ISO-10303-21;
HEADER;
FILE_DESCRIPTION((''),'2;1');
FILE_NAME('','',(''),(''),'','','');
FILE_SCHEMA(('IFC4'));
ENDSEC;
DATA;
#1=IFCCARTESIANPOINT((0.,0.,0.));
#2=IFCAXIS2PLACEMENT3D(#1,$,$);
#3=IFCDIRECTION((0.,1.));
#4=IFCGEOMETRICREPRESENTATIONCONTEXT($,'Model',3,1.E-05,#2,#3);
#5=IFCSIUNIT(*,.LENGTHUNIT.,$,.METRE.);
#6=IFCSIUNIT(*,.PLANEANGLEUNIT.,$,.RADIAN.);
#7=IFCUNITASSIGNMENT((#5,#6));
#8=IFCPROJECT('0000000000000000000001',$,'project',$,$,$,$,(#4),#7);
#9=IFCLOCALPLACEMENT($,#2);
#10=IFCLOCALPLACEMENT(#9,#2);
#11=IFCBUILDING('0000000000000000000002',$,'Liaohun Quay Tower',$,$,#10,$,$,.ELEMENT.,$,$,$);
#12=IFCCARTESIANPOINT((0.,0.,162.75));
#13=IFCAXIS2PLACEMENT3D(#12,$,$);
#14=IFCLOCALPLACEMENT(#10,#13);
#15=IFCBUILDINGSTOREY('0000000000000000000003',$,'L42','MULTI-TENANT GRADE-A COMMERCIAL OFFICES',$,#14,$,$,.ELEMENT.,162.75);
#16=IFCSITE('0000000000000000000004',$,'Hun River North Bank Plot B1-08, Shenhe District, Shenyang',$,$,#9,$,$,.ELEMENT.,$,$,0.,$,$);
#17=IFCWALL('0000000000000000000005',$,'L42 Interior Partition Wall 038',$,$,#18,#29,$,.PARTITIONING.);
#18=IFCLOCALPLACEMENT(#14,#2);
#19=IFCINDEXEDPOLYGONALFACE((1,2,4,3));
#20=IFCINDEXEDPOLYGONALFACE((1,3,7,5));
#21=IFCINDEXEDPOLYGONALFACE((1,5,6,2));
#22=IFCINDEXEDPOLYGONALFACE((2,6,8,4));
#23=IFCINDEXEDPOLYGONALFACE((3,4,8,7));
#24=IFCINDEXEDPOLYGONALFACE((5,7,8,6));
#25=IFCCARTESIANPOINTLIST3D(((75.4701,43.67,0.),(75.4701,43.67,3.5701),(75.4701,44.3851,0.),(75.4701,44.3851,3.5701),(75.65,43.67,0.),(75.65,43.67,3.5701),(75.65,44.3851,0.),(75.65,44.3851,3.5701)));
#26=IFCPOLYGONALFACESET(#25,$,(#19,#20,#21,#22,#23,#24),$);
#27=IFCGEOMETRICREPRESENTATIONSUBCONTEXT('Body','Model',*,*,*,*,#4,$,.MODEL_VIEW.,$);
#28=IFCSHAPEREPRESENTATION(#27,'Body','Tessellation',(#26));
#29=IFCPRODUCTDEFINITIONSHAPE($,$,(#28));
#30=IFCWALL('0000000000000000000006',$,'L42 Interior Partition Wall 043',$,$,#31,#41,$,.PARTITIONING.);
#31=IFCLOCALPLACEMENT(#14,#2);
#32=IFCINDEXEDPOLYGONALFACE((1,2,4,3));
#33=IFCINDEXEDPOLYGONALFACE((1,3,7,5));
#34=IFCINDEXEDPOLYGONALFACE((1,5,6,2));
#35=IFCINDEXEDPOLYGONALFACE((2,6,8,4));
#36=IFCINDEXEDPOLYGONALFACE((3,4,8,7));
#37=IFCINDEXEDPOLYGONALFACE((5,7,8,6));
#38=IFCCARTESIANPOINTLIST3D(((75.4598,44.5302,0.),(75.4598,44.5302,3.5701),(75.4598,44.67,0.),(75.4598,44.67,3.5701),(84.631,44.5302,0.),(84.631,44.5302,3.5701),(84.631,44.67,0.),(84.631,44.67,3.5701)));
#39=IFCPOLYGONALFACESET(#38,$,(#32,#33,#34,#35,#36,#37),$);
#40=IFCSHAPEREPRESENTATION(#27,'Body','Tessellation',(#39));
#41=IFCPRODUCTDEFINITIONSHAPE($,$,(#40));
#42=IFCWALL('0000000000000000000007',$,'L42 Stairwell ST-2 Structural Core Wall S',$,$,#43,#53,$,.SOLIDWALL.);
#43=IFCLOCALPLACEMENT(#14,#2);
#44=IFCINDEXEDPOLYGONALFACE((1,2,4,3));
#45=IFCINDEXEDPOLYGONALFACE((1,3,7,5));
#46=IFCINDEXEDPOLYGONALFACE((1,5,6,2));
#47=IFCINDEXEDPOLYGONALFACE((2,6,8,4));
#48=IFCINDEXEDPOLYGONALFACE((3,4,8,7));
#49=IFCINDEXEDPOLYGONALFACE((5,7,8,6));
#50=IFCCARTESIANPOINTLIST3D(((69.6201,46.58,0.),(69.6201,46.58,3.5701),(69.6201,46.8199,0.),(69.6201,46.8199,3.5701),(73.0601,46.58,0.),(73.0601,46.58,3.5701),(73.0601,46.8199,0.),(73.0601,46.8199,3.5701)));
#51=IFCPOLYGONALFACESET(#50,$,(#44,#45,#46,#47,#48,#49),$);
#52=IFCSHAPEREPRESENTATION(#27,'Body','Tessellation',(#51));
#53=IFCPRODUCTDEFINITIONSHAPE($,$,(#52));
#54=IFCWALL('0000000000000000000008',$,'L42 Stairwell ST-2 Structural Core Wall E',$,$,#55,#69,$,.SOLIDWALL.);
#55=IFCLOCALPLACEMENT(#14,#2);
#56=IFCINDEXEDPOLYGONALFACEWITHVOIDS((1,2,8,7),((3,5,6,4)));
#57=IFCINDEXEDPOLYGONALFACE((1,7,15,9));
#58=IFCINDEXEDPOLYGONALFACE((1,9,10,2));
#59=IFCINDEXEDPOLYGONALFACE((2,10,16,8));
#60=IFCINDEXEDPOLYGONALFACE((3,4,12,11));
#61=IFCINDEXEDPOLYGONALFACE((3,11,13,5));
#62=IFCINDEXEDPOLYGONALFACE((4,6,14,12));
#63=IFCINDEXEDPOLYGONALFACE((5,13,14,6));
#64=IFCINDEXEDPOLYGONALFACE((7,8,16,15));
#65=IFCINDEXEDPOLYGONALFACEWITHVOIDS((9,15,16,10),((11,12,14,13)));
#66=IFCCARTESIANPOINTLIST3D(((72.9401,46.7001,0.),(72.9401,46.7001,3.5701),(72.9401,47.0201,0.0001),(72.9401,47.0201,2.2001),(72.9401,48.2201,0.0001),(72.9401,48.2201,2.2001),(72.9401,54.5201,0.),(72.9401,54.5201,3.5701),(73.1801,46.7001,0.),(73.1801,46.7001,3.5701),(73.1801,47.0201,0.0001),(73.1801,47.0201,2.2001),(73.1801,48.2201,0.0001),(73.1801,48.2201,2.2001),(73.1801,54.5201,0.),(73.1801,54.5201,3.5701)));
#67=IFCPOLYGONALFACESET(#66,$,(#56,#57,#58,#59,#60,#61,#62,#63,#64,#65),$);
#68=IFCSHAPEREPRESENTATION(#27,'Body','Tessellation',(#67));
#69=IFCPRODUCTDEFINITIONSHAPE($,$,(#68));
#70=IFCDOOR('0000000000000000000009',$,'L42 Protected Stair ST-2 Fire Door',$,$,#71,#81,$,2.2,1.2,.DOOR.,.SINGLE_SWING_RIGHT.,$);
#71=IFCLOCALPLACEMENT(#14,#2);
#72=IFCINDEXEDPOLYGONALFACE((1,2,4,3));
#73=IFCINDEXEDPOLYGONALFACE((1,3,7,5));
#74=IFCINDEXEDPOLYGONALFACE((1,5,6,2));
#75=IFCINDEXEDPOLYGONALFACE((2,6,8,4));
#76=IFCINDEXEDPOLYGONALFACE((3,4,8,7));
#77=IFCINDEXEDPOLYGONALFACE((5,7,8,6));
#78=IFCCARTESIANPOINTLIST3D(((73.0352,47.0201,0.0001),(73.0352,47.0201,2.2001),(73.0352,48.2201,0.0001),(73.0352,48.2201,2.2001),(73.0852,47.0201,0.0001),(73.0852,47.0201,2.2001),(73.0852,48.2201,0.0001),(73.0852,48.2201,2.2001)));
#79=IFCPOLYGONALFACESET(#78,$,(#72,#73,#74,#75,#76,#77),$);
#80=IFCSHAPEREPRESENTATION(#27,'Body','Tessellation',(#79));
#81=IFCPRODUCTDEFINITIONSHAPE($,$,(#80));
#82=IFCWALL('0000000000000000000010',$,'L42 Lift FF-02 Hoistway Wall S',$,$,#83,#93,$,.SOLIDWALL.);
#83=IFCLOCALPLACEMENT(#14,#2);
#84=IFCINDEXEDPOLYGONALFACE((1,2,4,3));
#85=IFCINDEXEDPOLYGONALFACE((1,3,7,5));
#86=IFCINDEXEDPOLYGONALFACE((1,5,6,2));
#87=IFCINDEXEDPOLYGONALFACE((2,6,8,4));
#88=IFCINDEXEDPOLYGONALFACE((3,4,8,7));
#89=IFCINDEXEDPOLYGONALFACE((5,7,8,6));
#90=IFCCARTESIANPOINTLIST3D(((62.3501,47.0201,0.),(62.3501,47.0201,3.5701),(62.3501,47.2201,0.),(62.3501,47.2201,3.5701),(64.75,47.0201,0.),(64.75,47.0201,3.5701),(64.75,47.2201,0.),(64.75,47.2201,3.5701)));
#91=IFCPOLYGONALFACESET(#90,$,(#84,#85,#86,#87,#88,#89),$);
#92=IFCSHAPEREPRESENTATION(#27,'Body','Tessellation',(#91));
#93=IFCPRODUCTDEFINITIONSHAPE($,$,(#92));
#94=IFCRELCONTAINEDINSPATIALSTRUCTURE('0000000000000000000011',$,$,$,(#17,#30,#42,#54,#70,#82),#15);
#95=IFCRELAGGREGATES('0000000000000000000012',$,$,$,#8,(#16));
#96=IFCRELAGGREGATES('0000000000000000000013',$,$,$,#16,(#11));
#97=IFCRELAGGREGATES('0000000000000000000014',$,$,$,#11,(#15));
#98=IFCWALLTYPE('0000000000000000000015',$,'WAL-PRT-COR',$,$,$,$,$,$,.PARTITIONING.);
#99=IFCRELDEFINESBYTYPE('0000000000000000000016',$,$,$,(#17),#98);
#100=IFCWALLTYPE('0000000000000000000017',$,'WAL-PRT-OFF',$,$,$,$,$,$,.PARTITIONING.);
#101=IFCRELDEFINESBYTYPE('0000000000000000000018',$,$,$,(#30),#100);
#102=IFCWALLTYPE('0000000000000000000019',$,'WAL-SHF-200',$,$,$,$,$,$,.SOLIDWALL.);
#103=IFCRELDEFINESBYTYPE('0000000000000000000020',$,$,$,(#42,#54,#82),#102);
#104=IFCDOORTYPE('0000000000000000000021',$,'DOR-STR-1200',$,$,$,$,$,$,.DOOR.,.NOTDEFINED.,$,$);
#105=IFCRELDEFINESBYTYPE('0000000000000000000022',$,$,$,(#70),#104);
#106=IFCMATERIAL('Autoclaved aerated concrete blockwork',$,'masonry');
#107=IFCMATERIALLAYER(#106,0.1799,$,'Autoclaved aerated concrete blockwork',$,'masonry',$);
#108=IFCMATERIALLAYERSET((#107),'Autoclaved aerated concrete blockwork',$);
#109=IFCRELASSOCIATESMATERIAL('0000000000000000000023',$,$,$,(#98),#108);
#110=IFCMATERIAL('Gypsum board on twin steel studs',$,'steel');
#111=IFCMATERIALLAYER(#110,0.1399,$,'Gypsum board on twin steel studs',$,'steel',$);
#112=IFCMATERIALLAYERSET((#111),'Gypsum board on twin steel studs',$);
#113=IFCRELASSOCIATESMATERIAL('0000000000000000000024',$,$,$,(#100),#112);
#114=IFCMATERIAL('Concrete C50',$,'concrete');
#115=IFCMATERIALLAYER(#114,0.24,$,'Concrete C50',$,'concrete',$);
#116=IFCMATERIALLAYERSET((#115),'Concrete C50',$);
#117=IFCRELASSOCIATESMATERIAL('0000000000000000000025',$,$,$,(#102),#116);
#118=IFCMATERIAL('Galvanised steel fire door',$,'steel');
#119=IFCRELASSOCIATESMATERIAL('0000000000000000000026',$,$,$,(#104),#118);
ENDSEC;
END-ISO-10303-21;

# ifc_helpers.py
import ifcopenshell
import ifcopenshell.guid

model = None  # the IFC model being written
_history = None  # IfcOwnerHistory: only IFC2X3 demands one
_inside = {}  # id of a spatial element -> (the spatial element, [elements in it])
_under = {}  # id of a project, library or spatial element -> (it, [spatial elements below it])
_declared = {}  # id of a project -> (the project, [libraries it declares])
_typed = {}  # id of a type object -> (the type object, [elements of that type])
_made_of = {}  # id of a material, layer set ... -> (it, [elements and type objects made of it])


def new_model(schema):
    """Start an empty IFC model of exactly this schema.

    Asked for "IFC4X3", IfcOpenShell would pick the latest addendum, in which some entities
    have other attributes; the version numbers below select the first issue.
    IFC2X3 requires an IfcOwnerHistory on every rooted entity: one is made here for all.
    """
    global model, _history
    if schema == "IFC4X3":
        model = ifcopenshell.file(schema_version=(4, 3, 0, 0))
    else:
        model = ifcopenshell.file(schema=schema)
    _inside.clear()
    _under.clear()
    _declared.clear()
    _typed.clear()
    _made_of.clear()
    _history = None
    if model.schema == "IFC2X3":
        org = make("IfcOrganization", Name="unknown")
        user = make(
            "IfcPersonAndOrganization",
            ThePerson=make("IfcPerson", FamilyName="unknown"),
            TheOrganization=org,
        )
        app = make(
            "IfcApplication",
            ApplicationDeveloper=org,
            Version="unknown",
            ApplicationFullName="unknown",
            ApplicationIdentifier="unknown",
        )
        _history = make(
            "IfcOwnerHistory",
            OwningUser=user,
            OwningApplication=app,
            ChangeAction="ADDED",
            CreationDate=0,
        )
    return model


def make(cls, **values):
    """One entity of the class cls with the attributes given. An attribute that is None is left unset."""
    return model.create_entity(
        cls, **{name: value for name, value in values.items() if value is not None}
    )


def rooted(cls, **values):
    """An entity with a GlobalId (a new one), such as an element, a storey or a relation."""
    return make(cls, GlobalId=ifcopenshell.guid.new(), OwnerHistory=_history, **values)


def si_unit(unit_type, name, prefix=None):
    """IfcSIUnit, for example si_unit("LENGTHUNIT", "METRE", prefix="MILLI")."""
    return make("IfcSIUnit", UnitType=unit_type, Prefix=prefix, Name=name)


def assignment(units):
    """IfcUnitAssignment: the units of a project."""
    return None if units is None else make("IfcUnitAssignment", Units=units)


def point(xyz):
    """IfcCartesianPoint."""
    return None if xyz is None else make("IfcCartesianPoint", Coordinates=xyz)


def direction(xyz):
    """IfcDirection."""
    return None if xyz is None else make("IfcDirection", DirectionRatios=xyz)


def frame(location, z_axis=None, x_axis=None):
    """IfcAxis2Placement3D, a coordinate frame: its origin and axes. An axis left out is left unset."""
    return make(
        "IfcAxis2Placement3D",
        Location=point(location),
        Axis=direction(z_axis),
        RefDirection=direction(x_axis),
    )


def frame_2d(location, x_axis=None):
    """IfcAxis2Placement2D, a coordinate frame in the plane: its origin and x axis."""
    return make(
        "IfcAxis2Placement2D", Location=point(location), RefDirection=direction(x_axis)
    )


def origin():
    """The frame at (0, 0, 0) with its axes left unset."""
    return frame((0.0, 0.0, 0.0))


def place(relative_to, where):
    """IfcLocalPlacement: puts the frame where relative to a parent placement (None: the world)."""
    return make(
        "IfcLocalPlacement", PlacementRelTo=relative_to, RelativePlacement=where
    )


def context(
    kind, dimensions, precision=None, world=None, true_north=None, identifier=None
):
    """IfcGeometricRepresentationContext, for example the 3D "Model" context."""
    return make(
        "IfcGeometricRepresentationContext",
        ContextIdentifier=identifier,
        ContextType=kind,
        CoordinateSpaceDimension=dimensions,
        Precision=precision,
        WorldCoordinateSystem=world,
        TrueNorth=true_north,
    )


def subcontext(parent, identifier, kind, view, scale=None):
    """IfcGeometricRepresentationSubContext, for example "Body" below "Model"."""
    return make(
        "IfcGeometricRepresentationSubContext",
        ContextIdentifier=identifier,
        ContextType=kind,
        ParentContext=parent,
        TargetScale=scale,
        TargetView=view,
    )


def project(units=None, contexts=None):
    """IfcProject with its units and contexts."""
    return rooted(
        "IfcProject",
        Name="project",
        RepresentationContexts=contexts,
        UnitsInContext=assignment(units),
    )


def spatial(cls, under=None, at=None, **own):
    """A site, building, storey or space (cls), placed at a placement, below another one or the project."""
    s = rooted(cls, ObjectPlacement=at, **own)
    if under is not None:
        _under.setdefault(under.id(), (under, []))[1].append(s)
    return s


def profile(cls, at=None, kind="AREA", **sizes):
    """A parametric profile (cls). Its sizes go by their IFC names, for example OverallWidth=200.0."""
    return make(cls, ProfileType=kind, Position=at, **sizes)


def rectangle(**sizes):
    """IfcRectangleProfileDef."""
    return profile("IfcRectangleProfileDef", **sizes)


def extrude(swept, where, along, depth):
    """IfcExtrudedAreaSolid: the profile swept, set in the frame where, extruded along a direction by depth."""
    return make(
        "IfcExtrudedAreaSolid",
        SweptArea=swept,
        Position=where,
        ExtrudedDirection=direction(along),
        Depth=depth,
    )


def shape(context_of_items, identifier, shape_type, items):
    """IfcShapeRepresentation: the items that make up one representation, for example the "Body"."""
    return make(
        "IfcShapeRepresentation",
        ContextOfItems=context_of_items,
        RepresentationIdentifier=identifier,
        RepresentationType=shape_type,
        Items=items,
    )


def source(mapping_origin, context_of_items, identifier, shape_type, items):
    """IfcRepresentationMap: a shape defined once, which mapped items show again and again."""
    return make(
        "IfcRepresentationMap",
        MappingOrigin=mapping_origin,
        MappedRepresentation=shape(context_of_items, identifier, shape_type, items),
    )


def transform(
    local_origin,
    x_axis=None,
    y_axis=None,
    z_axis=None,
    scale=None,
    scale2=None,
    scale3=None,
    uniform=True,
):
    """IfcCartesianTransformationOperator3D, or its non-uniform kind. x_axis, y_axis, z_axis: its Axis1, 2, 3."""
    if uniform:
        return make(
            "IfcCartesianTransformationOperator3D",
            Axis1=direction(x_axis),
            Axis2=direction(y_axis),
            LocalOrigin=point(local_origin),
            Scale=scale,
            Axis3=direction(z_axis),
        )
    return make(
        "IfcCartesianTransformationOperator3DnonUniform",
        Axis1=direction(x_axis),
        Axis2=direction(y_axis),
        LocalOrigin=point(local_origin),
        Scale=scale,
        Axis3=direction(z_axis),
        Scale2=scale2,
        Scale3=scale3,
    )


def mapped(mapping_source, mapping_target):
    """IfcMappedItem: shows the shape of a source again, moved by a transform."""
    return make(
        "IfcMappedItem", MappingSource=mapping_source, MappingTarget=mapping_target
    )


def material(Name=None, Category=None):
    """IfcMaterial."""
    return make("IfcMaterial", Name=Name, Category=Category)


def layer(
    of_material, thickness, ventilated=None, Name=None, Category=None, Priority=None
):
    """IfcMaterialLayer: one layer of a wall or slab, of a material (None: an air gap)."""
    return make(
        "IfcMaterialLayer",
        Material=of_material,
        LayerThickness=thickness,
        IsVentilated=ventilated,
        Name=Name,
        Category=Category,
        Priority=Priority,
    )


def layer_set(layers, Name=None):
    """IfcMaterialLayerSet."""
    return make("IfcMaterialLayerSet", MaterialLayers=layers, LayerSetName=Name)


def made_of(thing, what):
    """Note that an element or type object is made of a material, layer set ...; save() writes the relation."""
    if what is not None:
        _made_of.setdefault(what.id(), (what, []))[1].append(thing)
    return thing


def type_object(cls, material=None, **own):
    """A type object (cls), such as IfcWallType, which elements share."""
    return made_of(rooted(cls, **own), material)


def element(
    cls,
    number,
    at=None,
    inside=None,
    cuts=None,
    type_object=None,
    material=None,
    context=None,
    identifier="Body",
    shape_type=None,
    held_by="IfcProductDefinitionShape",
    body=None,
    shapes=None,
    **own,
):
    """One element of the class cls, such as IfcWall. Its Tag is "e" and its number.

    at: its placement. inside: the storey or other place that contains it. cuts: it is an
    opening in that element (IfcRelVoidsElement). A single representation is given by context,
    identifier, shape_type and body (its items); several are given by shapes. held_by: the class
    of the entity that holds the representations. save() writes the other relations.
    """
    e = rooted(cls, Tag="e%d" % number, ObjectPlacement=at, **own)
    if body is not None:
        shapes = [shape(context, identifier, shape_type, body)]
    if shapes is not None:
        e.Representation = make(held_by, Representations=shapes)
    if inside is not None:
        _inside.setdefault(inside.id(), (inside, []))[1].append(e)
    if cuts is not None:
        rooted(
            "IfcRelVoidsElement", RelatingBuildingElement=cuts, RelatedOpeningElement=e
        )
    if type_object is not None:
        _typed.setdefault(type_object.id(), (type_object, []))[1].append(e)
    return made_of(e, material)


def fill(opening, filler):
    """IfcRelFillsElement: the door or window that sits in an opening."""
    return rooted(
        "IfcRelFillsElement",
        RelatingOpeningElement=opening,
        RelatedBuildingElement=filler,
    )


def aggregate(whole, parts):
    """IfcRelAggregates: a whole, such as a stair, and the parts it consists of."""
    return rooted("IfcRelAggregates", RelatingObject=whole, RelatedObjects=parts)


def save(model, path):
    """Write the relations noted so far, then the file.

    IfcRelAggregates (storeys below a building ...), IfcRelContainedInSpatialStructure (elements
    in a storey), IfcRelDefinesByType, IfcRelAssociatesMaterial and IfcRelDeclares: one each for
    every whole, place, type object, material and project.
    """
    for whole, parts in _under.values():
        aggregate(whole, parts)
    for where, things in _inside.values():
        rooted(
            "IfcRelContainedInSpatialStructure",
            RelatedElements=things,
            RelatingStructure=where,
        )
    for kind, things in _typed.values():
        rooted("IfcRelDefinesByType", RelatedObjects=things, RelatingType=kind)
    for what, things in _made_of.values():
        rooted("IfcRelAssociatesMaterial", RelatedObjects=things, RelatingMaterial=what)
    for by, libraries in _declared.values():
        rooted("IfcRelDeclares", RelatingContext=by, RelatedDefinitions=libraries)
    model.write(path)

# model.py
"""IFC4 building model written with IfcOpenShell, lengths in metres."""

from ifc_helpers import new_model, si_unit, direction, frame, frame_2d, origin, place, context, subcontext, project, spatial, rectangle, extrude, source, transform, mapped, material, layer, layer_set, type_object, element, fill, save


model = new_model("IFC4")

# Units and contexts
model_context = context("Model", 3, precision=1e-05, world=origin(), true_north=direction((0.0, 1.0)))
body_context = subcontext(model_context, "Body", "Model", "MODEL_VIEW")
ifc_project = project(units=[si_unit("LENGTHUNIT", "METRE"), si_unit("PLANEANGLEUNIT", "RADIAN")], contexts=[model_context])

# Site, building, storey
site_placement = place(None, origin())
site = spatial("IfcSite", under=ifc_project, at=site_placement, Name="Hun River North Bank Plot B1-08, Shenhe District, Shenyang", CompositionType="ELEMENT", RefElevation=0.0)
building_placement = place(site_placement, origin())
building = spatial("IfcBuilding", under=site, at=building_placement, Name="Liaohun Quay Tower", CompositionType="ELEMENT")
storey_placement = place(building_placement, frame((0.0, 0.0, 162.75)))
storey = spatial("IfcBuildingStorey", under=building, at=storey_placement, Name="L42", Description="MULTI-TENANT GRADE-A COMMERCIAL OFFICES", CompositionType="ELEMENT", Elevation=162.75)

# Walls
ifc_material_1 = material(Name="Autoclaved aerated concrete blockwork", Category="masonry")
ifc_layer_1 = layer(ifc_material_1, 0.1799, Name="Autoclaved aerated concrete blockwork", Category="masonry")
ifc_layer_set_1 = layer_set([ifc_layer_1], Name="Autoclaved aerated concrete blockwork")
wall_type_1 = type_object("IfcWallType", Name="WAL-PRT-COR", PredefinedType="PARTITIONING", material=ifc_layer_set_1)
wall_1_placement = place(storey_placement, frame((75.5601, 44.385, 0.0), z_axis=(0.0, 0.0, 1.0), x_axis=(0.0, -1.0, 0.0)))
element("IfcWall", 1, at=wall_1_placement, inside=storey, type_object=wall_type_1, Name="L42 Interior Partition Wall 038", PredefinedType="PARTITIONING", context=body_context, shape_type="SweptSolid", body=[
    extrude(rectangle(XDim=0.7151, YDim=0.1799, at=frame_2d((0.3574, 0.0))), origin(), (0.0, 0.0, 1.0), 3.5701),
])
ifc_material_2 = material(Name="Gypsum board on twin steel studs", Category="steel")
ifc_layer_2 = layer(ifc_material_2, 0.1399, Name="Gypsum board on twin steel studs", Category="steel")
ifc_layer_set_2 = layer_set([ifc_layer_2], Name="Gypsum board on twin steel studs")
wall_type_2 = type_object("IfcWallType", Name="WAL-PRT-OFF", PredefinedType="PARTITIONING", material=ifc_layer_set_2)
wall_2_placement = place(storey_placement, frame((75.46, 44.6001, 0.0), z_axis=(0.0, 0.0, 1.0), x_axis=(1.0, 0.0, 0.0)))
element("IfcWall", 2, at=wall_2_placement, inside=storey, type_object=wall_type_2, Name="L42 Interior Partition Wall 043", PredefinedType="PARTITIONING", context=body_context, shape_type="SweptSolid", body=[
    extrude(rectangle(XDim=9.1711, YDim=0.1399, at=frame_2d((4.5854, 0.0))), origin(), (0.0, 0.0, 1.0), 3.5701),
])
ifc_material_3 = material(Name="Concrete C50", Category="concrete")
ifc_layer_3 = layer(ifc_material_3, 0.24, Name="Concrete C50", Category="concrete")
ifc_layer_set_3 = layer_set([ifc_layer_3], Name="Concrete C50")
wall_type_3 = type_object("IfcWallType", Name="WAL-SHF-200", PredefinedType="SOLIDWALL", material=ifc_layer_set_3)
wall_3_placement = place(storey_placement, frame((69.6201, 46.7, 0.0), z_axis=(0.0, 0.0, 1.0), x_axis=(1.0, 0.0, 0.0)))
element("IfcWall", 3, at=wall_3_placement, inside=storey, type_object=wall_type_3, Name="L42 Stairwell ST-2 Structural Core Wall S", PredefinedType="SOLIDWALL", context=body_context, shape_type="SweptSolid", body=[
    extrude(rectangle(XDim=3.4399, YDim=0.24, at=frame_2d((1.72, 0.0))), origin(), (0.0, 0.0, 1.0), 3.5701),
])

# Wall, opening, door
wall_4_placement = place(storey_placement, frame((73.0601, 46.7, 0.0), z_axis=(0.0, 0.0, 1.0), x_axis=(0.0, 1.0, 0.0)))
wall_4 = element("IfcWall", 4, at=wall_4_placement, inside=storey, type_object=wall_type_3, Name="L42 Stairwell ST-2 Structural Core Wall E", PredefinedType="SOLIDWALL", context=body_context, shape_type="SweptSolid", body=[
    extrude(rectangle(XDim=7.8201, YDim=0.24, at=frame_2d((3.9102, 0.0))), origin(), (0.0, 0.0, 1.0), 3.5701),
])
shared_shape_1 = source(origin(), body_context, "Body", "SweptSolid", [
    extrude(rectangle(XDim=1.2, YDim=2.2, at=frame_2d((0.6001, 1.1001))), frame((0.0, 0.1299, 0.0), z_axis=(0.0, -1.0, 0.0), x_axis=(1.0, 0.0, 0.0)), (0.0, 0.0, 1.0), 0.26),
])
opening_1_placement = place(wall_4_placement, frame((0.3201, 0.0, 0.0)))
opening_1 = element("IfcOpeningElement", 5, at=opening_1_placement, cuts=wall_4, PredefinedType="OPENING", context=body_context, shape_type="MappedRepresentation", body=[
    mapped(shared_shape_1, transform((0.0, 0.0, 0.0), x_axis=(1.0, 0.0, 0.0), y_axis=(0.0, 1.0, 0.0), z_axis=(0.0, 0.0, 1.0), scale=1.0)),
])
ifc_material_4 = material(Name="Galvanised steel fire door", Category="steel")
door_type_1 = type_object("IfcDoorType", Name="DOR-STR-1200", OperationType="NOTDEFINED", PredefinedType="DOOR", material=ifc_material_4)
shared_shape_2 = source(origin(), body_context, "Body", "SweptSolid", [
    extrude(rectangle(XDim=1.2, YDim=2.2, at=frame_2d((0.6001, 1.1001))), frame((0.0, 0.0249, 0.0), z_axis=(0.0, -1.0, 0.0), x_axis=(1.0, 0.0, 0.0)), (0.0, 0.0, 1.0), 0.05),
])
door_1_placement = place(opening_1_placement, origin())
door_1 = element("IfcDoor", 6, at=door_1_placement, inside=storey, type_object=door_type_1, Name="L42 Protected Stair ST-2 Fire Door", OperationType="SINGLE_SWING_RIGHT", OverallHeight=2.2, OverallWidth=1.2, PredefinedType="DOOR", context=body_context, shape_type="MappedRepresentation", body=[
    mapped(shared_shape_2, transform((0.0, 0.0, 0.0), x_axis=(1.0, 0.0, 0.0), y_axis=(0.0, 1.0, 0.0), z_axis=(0.0, 0.0, 1.0), scale=1.0)),
])
fill(opening_1, door_1)

# Wall
wall_5_placement = place(storey_placement, frame((62.3501, 47.1201, 0.0), z_axis=(0.0, 0.0, 1.0), x_axis=(1.0, 0.0, 0.0)))
element("IfcWall", 7, at=wall_5_placement, inside=storey, type_object=wall_type_3, Name="L42 Lift FF-02 Hoistway Wall S", PredefinedType="SOLIDWALL", context=body_context, shape_type="SweptSolid", body=[
    extrude(rectangle(XDim=2.3999, YDim=0.2, at=frame_2d((1.2, 0.0))), origin(), (0.0, 0.0, 1.0), 3.5701),
])

save(model, "model.ifc")
